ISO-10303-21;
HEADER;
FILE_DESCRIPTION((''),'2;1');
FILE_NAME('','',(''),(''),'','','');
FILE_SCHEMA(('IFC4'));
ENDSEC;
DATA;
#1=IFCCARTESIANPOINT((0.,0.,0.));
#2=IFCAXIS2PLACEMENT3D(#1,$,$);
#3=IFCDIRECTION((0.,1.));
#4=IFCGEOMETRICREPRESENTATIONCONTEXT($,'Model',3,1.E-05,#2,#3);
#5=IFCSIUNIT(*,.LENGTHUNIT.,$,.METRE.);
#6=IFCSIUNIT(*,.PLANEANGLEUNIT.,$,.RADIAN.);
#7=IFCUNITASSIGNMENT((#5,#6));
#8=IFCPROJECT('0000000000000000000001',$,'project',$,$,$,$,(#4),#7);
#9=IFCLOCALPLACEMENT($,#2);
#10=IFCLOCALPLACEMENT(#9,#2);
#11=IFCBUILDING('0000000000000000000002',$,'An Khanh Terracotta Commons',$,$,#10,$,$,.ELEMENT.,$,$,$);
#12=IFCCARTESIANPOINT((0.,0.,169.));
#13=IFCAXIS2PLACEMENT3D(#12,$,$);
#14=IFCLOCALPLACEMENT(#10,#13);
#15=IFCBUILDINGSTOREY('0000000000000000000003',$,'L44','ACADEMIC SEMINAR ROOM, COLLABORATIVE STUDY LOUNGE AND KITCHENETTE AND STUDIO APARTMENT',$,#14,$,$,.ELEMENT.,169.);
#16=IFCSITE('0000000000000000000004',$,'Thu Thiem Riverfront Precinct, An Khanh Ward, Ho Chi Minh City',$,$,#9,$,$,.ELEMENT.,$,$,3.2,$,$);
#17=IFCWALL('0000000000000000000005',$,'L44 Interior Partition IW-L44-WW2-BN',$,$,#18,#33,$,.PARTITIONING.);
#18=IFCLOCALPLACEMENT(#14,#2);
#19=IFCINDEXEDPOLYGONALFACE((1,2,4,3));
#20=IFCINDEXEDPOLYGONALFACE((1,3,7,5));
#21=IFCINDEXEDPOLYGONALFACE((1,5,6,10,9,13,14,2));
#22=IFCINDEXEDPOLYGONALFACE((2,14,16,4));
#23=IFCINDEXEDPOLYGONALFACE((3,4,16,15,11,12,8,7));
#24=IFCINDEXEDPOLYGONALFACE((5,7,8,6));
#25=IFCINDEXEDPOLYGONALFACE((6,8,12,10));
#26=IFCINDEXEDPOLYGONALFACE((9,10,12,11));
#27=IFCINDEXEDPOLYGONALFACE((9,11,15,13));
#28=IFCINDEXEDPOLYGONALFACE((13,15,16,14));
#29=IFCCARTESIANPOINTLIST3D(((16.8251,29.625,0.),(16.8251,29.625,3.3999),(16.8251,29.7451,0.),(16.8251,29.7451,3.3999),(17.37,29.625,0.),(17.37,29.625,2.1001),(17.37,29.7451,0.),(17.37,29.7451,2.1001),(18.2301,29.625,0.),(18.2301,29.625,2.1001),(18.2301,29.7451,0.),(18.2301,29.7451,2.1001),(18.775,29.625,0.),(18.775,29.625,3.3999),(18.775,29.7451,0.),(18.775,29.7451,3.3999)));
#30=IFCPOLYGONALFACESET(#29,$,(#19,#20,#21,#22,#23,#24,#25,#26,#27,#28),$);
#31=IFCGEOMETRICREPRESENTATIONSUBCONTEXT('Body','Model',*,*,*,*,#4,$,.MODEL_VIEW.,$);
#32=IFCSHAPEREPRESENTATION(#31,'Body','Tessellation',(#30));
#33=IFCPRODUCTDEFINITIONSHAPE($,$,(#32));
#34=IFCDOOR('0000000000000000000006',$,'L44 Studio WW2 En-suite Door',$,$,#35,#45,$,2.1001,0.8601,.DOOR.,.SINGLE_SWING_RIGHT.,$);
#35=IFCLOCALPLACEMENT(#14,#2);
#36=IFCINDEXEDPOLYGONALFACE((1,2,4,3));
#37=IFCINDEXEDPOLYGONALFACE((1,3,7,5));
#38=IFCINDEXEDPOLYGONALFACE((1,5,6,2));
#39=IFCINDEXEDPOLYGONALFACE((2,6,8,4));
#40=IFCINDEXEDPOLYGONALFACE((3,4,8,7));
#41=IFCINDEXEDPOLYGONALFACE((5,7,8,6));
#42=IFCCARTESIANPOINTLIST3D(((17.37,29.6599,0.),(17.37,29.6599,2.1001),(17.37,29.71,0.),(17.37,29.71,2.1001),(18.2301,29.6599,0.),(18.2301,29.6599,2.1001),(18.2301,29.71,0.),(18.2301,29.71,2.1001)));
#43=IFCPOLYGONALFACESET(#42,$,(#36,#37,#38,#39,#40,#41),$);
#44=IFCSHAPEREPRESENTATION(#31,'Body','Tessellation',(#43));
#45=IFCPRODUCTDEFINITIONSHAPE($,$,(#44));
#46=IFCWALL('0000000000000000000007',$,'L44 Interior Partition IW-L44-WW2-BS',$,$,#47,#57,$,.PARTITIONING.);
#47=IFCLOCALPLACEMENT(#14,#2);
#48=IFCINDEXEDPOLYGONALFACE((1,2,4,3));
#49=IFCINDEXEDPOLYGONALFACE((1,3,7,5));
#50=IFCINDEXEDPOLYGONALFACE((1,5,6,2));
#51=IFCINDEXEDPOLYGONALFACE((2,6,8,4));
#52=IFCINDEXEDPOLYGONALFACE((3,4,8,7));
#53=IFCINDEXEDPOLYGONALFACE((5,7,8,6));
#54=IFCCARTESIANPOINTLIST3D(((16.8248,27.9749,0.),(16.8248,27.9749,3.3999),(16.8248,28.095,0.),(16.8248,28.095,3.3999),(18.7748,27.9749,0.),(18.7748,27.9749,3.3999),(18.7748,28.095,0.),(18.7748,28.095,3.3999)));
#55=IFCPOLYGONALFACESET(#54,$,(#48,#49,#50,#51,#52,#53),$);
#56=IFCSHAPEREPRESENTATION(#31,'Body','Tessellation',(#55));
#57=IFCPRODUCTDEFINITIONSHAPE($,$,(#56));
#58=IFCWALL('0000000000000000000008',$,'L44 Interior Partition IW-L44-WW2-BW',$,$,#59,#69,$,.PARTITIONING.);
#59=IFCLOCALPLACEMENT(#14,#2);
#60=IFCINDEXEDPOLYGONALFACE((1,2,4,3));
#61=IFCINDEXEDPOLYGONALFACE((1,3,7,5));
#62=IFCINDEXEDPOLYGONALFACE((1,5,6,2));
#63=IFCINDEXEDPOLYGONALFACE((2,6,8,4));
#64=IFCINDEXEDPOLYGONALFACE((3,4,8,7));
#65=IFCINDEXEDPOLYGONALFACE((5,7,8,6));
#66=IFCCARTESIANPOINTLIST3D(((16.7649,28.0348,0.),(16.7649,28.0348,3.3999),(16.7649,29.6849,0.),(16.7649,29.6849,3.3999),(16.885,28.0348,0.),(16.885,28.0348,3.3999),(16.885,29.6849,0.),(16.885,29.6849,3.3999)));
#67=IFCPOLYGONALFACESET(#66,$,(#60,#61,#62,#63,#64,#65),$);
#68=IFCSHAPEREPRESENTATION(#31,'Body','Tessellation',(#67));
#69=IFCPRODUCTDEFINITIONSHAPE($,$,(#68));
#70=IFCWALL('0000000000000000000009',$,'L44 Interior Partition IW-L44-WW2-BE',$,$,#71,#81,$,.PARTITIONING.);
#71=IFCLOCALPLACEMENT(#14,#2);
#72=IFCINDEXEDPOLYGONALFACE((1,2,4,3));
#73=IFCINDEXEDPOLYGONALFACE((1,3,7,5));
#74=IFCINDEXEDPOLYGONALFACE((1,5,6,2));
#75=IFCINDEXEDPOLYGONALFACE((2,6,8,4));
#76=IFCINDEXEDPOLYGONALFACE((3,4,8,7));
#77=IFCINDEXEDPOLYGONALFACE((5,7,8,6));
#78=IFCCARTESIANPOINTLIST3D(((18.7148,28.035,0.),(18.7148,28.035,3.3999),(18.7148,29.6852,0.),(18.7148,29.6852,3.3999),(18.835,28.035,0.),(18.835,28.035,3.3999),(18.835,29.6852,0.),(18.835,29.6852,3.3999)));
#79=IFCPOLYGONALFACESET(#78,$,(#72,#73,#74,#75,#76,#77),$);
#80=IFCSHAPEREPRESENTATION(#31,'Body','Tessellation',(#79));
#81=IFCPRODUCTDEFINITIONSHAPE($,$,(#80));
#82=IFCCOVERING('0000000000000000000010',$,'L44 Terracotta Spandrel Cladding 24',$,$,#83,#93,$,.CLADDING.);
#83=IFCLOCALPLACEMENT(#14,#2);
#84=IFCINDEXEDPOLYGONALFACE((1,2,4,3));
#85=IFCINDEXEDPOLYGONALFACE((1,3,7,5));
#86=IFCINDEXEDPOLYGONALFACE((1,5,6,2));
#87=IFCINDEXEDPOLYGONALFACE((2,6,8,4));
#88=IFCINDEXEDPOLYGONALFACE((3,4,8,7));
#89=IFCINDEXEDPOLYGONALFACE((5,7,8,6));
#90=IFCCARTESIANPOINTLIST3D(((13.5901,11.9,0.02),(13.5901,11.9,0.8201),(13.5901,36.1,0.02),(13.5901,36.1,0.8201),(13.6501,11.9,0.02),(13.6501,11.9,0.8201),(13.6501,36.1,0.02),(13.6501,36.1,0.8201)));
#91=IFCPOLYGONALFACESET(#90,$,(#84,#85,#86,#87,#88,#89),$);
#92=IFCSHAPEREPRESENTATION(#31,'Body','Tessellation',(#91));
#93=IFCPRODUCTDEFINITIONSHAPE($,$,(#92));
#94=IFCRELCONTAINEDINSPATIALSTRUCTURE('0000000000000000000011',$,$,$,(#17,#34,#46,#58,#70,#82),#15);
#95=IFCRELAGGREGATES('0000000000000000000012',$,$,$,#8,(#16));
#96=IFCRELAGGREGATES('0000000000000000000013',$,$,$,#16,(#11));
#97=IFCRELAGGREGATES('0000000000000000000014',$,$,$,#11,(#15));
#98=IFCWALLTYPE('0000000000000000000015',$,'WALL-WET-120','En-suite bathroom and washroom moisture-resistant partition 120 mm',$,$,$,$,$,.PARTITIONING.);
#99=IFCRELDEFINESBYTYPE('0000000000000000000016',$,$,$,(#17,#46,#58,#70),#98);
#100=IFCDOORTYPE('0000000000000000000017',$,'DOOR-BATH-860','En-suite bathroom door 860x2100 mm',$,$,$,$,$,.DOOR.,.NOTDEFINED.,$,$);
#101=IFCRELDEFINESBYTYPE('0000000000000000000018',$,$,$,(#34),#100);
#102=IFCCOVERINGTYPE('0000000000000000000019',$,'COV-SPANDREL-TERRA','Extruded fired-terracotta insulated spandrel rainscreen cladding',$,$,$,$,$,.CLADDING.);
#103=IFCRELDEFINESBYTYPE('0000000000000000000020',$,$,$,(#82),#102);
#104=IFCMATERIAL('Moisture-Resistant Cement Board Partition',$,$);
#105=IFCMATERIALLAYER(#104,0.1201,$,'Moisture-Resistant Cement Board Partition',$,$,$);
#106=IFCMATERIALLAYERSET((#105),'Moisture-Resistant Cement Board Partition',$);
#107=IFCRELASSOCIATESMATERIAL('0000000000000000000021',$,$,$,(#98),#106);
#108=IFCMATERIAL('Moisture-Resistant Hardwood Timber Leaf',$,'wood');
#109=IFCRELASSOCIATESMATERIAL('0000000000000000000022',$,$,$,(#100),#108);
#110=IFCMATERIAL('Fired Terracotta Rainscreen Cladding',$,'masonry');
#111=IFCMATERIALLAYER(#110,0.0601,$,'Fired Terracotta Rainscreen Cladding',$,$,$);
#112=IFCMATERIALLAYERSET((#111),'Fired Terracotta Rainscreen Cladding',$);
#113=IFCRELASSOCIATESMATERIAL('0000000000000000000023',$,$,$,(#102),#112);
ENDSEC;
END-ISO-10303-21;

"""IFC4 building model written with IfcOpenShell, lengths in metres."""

from ifc_helpers import new_model, si_unit, direction, frame, frame_2d, origin, origin_2d, place, context, subcontext, project, spatial, rectangle, extrude, material, layer, layer_set, type_object, element, fill, save


model = new_model("IFC4")

# Units and contexts
model_context = context("Model", 3, precision=1e-05, world=origin(), true_north=direction((0.0, 1.0)))
body_context = subcontext(model_context, "Body", "Model", "MODEL_VIEW")
ifc_project = project(units=[si_unit("LENGTHUNIT", "METRE"), si_unit("PLANEANGLEUNIT", "RADIAN")], contexts=[model_context])

# Site, building, storey
site_placement = place(None, origin())
site = spatial("IfcSite", under=ifc_project, at=site_placement, Name="Thu Thiem Riverfront Precinct, An Khanh Ward, Ho Chi Minh City", CompositionType="ELEMENT", RefElevation=3.2)
building_placement = place(site_placement, origin())
building = spatial("IfcBuilding", under=site, at=building_placement, Name="An Khanh Terracotta Commons", CompositionType="ELEMENT")
storey_placement = place(building_placement, frame((0.0, 0.0, 169.0)))
storey = spatial("IfcBuildingStorey", under=building, at=storey_placement, Name="L44", Description="ACADEMIC SEMINAR ROOM, COLLABORATIVE STUDY LOUNGE AND KITCHENETTE AND STUDIO APARTMENT", CompositionType="ELEMENT", Elevation=169.0)

# Shared definitions
ifc_material_1 = material(Name="Moisture-Resistant Cement Board Partition")
ifc_layer_1 = layer(ifc_material_1, 0.1201, Name="Moisture-Resistant Cement Board Partition")
ifc_layer_set_1 = layer_set([ifc_layer_1], Name="Moisture-Resistant Cement Board Partition")
wall_type_1 = type_object("IfcWallType", Name="WALL-WET-120", Description="En-suite bathroom and washroom moisture-resistant partition 120 mm", PredefinedType="PARTITIONING", material=ifc_layer_set_1)

# Wall, opening, door
wall_1_placement = place(storey_placement, frame((16.825, 29.6851, 0.0), z_axis=(0.0, 0.0, 1.0), x_axis=(1.0, 0.0, 0.0)))
wall_1 = element("IfcWall", 1, at=wall_1_placement, inside=storey, type_object=wall_type_1, Name="L44 Interior Partition IW-L44-WW2-BN", PredefinedType="PARTITIONING", context=body_context, shape_type="SweptSolid", body=[
    extrude(rectangle(XDim=1.95, YDim=0.1201, at=frame_2d((0.9751, 0.0))), origin(), (0.0, 0.0, 1.0), 3.3999),
])
opening_1_placement = place(wall_1_placement, frame((0.5449, 0.0, 0.0)))
opening_1 = element("IfcOpeningElement", 2, at=opening_1_placement, cuts=wall_1, PredefinedType="OPENING", context=body_context, shape_type="SweptSolid", body=[
    extrude(rectangle(XDim=0.8601, YDim=2.1001, at=frame_2d((0.4302, 1.05))), frame((0.0, 0.0701, 0.0), z_axis=(0.0, -1.0, 0.0), x_axis=(1.0, 0.0, 0.0)), (0.0, 0.0, 1.0), 0.1401),
])
ifc_material_2 = material(Name="Moisture-Resistant Hardwood Timber Leaf", Category="wood")
door_type_1 = type_object("IfcDoorType", Name="DOOR-BATH-860", Description="En-suite bathroom door 860x2100 mm", OperationType="NOTDEFINED", PredefinedType="DOOR", material=ifc_material_2)
door_1_placement = place(opening_1_placement, origin())
door_1 = element("IfcDoor", 3, at=door_1_placement, inside=storey, type_object=door_type_1, Name="L44 Studio WW2 En-suite Door", OperationType="SINGLE_SWING_RIGHT", OverallHeight=2.1001, OverallWidth=0.8601, PredefinedType="DOOR", context=body_context, shape_type="SweptSolid", body=[
    extrude(rectangle(XDim=0.8601, YDim=2.1001, at=frame_2d((0.4302, 1.05))), frame((0.0, 0.0249, 0.0), z_axis=(0.0, -1.0, 0.0), x_axis=(1.0, 0.0, 0.0)), (0.0, 0.0, 1.0), 0.05),
])
fill(opening_1, door_1)

# Walls
wall_2_placement = place(storey_placement, frame((18.7749, 28.0349, 0.0), z_axis=(0.0, 0.0, 1.0), x_axis=(-1.0, 0.0, 0.0)))
element("IfcWall", 4, at=wall_2_placement, inside=storey, type_object=wall_type_1, Name="L44 Interior Partition IW-L44-WW2-BS", PredefinedType="PARTITIONING", context=body_context, shape_type="SweptSolid", body=[
    extrude(rectangle(XDim=1.95, YDim=0.1201, at=frame_2d((0.9751, 0.0))), origin(), (0.0, 0.0, 1.0), 3.3999),
])
for number, where, z_axis, x_axis, name in (
    (5, (16.825, 29.6851, 0.0), (0.0, 0.0, 1.0), (0.0, -1.0, 0.0), "L44 Interior Partition IW-L44-WW2-BW"),
    (6, (18.7749, 28.0349, 0.0), (0.0, 0.0, 1.0), (0.0, 1.0, 0.0), "L44 Interior Partition IW-L44-WW2-BE"),
):
    element("IfcWall", number, at=place(storey_placement, frame(where, z_axis=z_axis, x_axis=x_axis)), inside=storey, type_object=wall_type_1, Name=name, PredefinedType="PARTITIONING", context=body_context, shape_type="SweptSolid", body=[
        extrude(rectangle(XDim=1.6501, YDim=0.1201, at=frame_2d((0.8252, 0.0))), origin(), (0.0, 0.0, 1.0), 3.3999),
    ])

# Covering
ifc_material_3 = material(Name="Fired Terracotta Rainscreen Cladding", Category="masonry")
ifc_layer_2 = layer(ifc_material_3, 0.0601, Name="Fired Terracotta Rainscreen Cladding")
ifc_layer_set_2 = layer_set([ifc_layer_2], Name="Fired Terracotta Rainscreen Cladding")
covering_type = type_object("IfcCoveringType", Name="COV-SPANDREL-TERRA", Description="Extruded fired-terracotta insulated spandrel rainscreen cladding", PredefinedType="CLADDING", material=ifc_layer_set_2)
covering_placement = place(storey_placement, frame((13.6201, 24.0, 0.02), z_axis=(0.0, 0.0, 1.0), x_axis=(0.0, -1.0, 0.0)))
element("IfcCovering", 7, at=covering_placement, inside=storey, type_object=covering_type, Name="L44 Terracotta Spandrel Cladding 24", PredefinedType="CLADDING", context=body_context, shape_type="SweptSolid", body=[
    extrude(rectangle(XDim=24.2, YDim=0.0601, at=origin_2d()), origin(), (0.0, 0.0, 1.0), 0.8),
])

save(model, "model.ifc")
